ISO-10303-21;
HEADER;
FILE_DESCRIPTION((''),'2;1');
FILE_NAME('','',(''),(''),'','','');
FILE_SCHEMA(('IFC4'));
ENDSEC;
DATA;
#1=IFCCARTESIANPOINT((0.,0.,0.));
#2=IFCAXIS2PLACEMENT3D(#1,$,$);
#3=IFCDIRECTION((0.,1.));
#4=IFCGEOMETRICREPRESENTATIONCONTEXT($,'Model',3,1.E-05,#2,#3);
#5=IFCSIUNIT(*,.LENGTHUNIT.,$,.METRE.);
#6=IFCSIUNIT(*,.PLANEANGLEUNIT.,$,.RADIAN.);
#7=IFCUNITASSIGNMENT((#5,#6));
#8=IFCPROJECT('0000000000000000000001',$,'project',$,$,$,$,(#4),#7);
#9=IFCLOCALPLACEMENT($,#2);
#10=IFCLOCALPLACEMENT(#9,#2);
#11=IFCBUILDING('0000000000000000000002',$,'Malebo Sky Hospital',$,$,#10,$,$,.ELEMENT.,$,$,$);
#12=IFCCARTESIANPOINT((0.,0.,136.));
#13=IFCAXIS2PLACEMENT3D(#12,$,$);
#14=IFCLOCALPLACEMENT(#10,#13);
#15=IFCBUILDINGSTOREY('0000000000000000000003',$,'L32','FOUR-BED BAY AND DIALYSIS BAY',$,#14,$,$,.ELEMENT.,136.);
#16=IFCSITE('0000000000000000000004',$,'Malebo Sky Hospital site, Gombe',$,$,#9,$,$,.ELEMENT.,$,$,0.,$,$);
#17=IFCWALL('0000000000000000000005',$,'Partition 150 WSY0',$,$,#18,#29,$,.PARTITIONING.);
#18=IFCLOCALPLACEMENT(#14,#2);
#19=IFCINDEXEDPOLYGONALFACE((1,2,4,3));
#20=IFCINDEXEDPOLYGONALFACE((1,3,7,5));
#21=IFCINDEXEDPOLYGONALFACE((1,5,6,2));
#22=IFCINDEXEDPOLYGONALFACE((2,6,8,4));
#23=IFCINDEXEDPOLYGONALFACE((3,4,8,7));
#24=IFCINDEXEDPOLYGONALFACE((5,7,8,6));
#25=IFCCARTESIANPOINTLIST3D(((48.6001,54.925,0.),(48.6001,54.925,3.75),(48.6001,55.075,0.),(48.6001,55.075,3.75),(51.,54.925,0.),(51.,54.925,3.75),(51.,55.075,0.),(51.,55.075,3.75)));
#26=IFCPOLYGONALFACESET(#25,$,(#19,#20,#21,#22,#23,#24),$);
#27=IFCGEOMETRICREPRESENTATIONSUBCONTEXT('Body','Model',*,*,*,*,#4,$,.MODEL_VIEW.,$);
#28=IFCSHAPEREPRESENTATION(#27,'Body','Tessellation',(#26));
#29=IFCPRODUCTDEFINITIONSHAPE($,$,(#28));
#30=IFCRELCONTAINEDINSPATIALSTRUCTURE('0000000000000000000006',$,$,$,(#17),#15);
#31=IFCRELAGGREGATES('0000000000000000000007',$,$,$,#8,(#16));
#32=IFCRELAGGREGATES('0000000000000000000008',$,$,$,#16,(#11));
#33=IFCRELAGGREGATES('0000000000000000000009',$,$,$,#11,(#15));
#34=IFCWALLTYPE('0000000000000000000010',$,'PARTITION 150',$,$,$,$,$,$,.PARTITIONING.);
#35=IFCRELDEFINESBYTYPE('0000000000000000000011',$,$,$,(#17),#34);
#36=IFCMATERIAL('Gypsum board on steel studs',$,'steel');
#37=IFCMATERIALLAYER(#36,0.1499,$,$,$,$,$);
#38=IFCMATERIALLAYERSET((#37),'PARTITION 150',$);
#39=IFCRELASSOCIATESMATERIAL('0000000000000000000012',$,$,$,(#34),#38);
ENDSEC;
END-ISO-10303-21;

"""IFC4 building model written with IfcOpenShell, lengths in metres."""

from ifc_helpers import new_model, si_unit, direction, frame, frame_2d, origin, place, context, subcontext, project, spatial, rectangle, extrude, material, layer, layer_set, type_object, element, save


model = new_model("IFC4")

# Units and contexts
model_context = context("Model", 3, precision=1e-05, world=origin(), true_north=direction((0.0, 1.0)))
body_context = subcontext(model_context, "Body", "Model", "MODEL_VIEW")
ifc_project = project(units=[si_unit("LENGTHUNIT", "METRE"), si_unit("PLANEANGLEUNIT", "RADIAN")], contexts=[model_context])

# Site, building, storey
site_placement = place(None, origin())
site = spatial("IfcSite", under=ifc_project, at=site_placement, Name="Malebo Sky Hospital site, Gombe", CompositionType="ELEMENT", RefElevation=0.0)
building_placement = place(site_placement, origin())
building = spatial("IfcBuilding", under=site, at=building_placement, Name="Malebo Sky Hospital", CompositionType="ELEMENT")
storey_placement = place(building_placement, frame((0.0, 0.0, 136.0)))
storey = spatial("IfcBuildingStorey", under=building, at=storey_placement, Name="L32", Description="FOUR-BED BAY AND DIALYSIS BAY", CompositionType="ELEMENT", Elevation=136.0)

# Shared definitions
ifc_material_1 = material(Name="Gypsum board on steel studs", Category="steel")
ifc_layer_1 = layer(ifc_material_1, 0.1499)
ifc_layer_set_1 = layer_set([ifc_layer_1], Name="PARTITION 150")
wall_type_1 = type_object("IfcWallType", Name="PARTITION 150", PredefinedType="PARTITIONING", material=ifc_layer_set_1)

# Wall
wall_1_placement = place(storey_placement, frame((51.0, 55.0, 0.0), z_axis=(0.0, 0.0, 1.0), x_axis=(-1.0, 0.0, 0.0)))
element("IfcWall", 1, at=wall_1_placement, inside=storey, type_object=wall_type_1, Name="Partition 150 WSY0", PredefinedType="PARTITIONING", context=body_context, shape_type="SweptSolid", body=[
    extrude(rectangle(XDim=2.3999, YDim=0.1499, at=frame_2d((1.2, 0.0))), origin(), (0.0, 0.0, 1.0), 3.75),
])

save(model, "model.ifc")
